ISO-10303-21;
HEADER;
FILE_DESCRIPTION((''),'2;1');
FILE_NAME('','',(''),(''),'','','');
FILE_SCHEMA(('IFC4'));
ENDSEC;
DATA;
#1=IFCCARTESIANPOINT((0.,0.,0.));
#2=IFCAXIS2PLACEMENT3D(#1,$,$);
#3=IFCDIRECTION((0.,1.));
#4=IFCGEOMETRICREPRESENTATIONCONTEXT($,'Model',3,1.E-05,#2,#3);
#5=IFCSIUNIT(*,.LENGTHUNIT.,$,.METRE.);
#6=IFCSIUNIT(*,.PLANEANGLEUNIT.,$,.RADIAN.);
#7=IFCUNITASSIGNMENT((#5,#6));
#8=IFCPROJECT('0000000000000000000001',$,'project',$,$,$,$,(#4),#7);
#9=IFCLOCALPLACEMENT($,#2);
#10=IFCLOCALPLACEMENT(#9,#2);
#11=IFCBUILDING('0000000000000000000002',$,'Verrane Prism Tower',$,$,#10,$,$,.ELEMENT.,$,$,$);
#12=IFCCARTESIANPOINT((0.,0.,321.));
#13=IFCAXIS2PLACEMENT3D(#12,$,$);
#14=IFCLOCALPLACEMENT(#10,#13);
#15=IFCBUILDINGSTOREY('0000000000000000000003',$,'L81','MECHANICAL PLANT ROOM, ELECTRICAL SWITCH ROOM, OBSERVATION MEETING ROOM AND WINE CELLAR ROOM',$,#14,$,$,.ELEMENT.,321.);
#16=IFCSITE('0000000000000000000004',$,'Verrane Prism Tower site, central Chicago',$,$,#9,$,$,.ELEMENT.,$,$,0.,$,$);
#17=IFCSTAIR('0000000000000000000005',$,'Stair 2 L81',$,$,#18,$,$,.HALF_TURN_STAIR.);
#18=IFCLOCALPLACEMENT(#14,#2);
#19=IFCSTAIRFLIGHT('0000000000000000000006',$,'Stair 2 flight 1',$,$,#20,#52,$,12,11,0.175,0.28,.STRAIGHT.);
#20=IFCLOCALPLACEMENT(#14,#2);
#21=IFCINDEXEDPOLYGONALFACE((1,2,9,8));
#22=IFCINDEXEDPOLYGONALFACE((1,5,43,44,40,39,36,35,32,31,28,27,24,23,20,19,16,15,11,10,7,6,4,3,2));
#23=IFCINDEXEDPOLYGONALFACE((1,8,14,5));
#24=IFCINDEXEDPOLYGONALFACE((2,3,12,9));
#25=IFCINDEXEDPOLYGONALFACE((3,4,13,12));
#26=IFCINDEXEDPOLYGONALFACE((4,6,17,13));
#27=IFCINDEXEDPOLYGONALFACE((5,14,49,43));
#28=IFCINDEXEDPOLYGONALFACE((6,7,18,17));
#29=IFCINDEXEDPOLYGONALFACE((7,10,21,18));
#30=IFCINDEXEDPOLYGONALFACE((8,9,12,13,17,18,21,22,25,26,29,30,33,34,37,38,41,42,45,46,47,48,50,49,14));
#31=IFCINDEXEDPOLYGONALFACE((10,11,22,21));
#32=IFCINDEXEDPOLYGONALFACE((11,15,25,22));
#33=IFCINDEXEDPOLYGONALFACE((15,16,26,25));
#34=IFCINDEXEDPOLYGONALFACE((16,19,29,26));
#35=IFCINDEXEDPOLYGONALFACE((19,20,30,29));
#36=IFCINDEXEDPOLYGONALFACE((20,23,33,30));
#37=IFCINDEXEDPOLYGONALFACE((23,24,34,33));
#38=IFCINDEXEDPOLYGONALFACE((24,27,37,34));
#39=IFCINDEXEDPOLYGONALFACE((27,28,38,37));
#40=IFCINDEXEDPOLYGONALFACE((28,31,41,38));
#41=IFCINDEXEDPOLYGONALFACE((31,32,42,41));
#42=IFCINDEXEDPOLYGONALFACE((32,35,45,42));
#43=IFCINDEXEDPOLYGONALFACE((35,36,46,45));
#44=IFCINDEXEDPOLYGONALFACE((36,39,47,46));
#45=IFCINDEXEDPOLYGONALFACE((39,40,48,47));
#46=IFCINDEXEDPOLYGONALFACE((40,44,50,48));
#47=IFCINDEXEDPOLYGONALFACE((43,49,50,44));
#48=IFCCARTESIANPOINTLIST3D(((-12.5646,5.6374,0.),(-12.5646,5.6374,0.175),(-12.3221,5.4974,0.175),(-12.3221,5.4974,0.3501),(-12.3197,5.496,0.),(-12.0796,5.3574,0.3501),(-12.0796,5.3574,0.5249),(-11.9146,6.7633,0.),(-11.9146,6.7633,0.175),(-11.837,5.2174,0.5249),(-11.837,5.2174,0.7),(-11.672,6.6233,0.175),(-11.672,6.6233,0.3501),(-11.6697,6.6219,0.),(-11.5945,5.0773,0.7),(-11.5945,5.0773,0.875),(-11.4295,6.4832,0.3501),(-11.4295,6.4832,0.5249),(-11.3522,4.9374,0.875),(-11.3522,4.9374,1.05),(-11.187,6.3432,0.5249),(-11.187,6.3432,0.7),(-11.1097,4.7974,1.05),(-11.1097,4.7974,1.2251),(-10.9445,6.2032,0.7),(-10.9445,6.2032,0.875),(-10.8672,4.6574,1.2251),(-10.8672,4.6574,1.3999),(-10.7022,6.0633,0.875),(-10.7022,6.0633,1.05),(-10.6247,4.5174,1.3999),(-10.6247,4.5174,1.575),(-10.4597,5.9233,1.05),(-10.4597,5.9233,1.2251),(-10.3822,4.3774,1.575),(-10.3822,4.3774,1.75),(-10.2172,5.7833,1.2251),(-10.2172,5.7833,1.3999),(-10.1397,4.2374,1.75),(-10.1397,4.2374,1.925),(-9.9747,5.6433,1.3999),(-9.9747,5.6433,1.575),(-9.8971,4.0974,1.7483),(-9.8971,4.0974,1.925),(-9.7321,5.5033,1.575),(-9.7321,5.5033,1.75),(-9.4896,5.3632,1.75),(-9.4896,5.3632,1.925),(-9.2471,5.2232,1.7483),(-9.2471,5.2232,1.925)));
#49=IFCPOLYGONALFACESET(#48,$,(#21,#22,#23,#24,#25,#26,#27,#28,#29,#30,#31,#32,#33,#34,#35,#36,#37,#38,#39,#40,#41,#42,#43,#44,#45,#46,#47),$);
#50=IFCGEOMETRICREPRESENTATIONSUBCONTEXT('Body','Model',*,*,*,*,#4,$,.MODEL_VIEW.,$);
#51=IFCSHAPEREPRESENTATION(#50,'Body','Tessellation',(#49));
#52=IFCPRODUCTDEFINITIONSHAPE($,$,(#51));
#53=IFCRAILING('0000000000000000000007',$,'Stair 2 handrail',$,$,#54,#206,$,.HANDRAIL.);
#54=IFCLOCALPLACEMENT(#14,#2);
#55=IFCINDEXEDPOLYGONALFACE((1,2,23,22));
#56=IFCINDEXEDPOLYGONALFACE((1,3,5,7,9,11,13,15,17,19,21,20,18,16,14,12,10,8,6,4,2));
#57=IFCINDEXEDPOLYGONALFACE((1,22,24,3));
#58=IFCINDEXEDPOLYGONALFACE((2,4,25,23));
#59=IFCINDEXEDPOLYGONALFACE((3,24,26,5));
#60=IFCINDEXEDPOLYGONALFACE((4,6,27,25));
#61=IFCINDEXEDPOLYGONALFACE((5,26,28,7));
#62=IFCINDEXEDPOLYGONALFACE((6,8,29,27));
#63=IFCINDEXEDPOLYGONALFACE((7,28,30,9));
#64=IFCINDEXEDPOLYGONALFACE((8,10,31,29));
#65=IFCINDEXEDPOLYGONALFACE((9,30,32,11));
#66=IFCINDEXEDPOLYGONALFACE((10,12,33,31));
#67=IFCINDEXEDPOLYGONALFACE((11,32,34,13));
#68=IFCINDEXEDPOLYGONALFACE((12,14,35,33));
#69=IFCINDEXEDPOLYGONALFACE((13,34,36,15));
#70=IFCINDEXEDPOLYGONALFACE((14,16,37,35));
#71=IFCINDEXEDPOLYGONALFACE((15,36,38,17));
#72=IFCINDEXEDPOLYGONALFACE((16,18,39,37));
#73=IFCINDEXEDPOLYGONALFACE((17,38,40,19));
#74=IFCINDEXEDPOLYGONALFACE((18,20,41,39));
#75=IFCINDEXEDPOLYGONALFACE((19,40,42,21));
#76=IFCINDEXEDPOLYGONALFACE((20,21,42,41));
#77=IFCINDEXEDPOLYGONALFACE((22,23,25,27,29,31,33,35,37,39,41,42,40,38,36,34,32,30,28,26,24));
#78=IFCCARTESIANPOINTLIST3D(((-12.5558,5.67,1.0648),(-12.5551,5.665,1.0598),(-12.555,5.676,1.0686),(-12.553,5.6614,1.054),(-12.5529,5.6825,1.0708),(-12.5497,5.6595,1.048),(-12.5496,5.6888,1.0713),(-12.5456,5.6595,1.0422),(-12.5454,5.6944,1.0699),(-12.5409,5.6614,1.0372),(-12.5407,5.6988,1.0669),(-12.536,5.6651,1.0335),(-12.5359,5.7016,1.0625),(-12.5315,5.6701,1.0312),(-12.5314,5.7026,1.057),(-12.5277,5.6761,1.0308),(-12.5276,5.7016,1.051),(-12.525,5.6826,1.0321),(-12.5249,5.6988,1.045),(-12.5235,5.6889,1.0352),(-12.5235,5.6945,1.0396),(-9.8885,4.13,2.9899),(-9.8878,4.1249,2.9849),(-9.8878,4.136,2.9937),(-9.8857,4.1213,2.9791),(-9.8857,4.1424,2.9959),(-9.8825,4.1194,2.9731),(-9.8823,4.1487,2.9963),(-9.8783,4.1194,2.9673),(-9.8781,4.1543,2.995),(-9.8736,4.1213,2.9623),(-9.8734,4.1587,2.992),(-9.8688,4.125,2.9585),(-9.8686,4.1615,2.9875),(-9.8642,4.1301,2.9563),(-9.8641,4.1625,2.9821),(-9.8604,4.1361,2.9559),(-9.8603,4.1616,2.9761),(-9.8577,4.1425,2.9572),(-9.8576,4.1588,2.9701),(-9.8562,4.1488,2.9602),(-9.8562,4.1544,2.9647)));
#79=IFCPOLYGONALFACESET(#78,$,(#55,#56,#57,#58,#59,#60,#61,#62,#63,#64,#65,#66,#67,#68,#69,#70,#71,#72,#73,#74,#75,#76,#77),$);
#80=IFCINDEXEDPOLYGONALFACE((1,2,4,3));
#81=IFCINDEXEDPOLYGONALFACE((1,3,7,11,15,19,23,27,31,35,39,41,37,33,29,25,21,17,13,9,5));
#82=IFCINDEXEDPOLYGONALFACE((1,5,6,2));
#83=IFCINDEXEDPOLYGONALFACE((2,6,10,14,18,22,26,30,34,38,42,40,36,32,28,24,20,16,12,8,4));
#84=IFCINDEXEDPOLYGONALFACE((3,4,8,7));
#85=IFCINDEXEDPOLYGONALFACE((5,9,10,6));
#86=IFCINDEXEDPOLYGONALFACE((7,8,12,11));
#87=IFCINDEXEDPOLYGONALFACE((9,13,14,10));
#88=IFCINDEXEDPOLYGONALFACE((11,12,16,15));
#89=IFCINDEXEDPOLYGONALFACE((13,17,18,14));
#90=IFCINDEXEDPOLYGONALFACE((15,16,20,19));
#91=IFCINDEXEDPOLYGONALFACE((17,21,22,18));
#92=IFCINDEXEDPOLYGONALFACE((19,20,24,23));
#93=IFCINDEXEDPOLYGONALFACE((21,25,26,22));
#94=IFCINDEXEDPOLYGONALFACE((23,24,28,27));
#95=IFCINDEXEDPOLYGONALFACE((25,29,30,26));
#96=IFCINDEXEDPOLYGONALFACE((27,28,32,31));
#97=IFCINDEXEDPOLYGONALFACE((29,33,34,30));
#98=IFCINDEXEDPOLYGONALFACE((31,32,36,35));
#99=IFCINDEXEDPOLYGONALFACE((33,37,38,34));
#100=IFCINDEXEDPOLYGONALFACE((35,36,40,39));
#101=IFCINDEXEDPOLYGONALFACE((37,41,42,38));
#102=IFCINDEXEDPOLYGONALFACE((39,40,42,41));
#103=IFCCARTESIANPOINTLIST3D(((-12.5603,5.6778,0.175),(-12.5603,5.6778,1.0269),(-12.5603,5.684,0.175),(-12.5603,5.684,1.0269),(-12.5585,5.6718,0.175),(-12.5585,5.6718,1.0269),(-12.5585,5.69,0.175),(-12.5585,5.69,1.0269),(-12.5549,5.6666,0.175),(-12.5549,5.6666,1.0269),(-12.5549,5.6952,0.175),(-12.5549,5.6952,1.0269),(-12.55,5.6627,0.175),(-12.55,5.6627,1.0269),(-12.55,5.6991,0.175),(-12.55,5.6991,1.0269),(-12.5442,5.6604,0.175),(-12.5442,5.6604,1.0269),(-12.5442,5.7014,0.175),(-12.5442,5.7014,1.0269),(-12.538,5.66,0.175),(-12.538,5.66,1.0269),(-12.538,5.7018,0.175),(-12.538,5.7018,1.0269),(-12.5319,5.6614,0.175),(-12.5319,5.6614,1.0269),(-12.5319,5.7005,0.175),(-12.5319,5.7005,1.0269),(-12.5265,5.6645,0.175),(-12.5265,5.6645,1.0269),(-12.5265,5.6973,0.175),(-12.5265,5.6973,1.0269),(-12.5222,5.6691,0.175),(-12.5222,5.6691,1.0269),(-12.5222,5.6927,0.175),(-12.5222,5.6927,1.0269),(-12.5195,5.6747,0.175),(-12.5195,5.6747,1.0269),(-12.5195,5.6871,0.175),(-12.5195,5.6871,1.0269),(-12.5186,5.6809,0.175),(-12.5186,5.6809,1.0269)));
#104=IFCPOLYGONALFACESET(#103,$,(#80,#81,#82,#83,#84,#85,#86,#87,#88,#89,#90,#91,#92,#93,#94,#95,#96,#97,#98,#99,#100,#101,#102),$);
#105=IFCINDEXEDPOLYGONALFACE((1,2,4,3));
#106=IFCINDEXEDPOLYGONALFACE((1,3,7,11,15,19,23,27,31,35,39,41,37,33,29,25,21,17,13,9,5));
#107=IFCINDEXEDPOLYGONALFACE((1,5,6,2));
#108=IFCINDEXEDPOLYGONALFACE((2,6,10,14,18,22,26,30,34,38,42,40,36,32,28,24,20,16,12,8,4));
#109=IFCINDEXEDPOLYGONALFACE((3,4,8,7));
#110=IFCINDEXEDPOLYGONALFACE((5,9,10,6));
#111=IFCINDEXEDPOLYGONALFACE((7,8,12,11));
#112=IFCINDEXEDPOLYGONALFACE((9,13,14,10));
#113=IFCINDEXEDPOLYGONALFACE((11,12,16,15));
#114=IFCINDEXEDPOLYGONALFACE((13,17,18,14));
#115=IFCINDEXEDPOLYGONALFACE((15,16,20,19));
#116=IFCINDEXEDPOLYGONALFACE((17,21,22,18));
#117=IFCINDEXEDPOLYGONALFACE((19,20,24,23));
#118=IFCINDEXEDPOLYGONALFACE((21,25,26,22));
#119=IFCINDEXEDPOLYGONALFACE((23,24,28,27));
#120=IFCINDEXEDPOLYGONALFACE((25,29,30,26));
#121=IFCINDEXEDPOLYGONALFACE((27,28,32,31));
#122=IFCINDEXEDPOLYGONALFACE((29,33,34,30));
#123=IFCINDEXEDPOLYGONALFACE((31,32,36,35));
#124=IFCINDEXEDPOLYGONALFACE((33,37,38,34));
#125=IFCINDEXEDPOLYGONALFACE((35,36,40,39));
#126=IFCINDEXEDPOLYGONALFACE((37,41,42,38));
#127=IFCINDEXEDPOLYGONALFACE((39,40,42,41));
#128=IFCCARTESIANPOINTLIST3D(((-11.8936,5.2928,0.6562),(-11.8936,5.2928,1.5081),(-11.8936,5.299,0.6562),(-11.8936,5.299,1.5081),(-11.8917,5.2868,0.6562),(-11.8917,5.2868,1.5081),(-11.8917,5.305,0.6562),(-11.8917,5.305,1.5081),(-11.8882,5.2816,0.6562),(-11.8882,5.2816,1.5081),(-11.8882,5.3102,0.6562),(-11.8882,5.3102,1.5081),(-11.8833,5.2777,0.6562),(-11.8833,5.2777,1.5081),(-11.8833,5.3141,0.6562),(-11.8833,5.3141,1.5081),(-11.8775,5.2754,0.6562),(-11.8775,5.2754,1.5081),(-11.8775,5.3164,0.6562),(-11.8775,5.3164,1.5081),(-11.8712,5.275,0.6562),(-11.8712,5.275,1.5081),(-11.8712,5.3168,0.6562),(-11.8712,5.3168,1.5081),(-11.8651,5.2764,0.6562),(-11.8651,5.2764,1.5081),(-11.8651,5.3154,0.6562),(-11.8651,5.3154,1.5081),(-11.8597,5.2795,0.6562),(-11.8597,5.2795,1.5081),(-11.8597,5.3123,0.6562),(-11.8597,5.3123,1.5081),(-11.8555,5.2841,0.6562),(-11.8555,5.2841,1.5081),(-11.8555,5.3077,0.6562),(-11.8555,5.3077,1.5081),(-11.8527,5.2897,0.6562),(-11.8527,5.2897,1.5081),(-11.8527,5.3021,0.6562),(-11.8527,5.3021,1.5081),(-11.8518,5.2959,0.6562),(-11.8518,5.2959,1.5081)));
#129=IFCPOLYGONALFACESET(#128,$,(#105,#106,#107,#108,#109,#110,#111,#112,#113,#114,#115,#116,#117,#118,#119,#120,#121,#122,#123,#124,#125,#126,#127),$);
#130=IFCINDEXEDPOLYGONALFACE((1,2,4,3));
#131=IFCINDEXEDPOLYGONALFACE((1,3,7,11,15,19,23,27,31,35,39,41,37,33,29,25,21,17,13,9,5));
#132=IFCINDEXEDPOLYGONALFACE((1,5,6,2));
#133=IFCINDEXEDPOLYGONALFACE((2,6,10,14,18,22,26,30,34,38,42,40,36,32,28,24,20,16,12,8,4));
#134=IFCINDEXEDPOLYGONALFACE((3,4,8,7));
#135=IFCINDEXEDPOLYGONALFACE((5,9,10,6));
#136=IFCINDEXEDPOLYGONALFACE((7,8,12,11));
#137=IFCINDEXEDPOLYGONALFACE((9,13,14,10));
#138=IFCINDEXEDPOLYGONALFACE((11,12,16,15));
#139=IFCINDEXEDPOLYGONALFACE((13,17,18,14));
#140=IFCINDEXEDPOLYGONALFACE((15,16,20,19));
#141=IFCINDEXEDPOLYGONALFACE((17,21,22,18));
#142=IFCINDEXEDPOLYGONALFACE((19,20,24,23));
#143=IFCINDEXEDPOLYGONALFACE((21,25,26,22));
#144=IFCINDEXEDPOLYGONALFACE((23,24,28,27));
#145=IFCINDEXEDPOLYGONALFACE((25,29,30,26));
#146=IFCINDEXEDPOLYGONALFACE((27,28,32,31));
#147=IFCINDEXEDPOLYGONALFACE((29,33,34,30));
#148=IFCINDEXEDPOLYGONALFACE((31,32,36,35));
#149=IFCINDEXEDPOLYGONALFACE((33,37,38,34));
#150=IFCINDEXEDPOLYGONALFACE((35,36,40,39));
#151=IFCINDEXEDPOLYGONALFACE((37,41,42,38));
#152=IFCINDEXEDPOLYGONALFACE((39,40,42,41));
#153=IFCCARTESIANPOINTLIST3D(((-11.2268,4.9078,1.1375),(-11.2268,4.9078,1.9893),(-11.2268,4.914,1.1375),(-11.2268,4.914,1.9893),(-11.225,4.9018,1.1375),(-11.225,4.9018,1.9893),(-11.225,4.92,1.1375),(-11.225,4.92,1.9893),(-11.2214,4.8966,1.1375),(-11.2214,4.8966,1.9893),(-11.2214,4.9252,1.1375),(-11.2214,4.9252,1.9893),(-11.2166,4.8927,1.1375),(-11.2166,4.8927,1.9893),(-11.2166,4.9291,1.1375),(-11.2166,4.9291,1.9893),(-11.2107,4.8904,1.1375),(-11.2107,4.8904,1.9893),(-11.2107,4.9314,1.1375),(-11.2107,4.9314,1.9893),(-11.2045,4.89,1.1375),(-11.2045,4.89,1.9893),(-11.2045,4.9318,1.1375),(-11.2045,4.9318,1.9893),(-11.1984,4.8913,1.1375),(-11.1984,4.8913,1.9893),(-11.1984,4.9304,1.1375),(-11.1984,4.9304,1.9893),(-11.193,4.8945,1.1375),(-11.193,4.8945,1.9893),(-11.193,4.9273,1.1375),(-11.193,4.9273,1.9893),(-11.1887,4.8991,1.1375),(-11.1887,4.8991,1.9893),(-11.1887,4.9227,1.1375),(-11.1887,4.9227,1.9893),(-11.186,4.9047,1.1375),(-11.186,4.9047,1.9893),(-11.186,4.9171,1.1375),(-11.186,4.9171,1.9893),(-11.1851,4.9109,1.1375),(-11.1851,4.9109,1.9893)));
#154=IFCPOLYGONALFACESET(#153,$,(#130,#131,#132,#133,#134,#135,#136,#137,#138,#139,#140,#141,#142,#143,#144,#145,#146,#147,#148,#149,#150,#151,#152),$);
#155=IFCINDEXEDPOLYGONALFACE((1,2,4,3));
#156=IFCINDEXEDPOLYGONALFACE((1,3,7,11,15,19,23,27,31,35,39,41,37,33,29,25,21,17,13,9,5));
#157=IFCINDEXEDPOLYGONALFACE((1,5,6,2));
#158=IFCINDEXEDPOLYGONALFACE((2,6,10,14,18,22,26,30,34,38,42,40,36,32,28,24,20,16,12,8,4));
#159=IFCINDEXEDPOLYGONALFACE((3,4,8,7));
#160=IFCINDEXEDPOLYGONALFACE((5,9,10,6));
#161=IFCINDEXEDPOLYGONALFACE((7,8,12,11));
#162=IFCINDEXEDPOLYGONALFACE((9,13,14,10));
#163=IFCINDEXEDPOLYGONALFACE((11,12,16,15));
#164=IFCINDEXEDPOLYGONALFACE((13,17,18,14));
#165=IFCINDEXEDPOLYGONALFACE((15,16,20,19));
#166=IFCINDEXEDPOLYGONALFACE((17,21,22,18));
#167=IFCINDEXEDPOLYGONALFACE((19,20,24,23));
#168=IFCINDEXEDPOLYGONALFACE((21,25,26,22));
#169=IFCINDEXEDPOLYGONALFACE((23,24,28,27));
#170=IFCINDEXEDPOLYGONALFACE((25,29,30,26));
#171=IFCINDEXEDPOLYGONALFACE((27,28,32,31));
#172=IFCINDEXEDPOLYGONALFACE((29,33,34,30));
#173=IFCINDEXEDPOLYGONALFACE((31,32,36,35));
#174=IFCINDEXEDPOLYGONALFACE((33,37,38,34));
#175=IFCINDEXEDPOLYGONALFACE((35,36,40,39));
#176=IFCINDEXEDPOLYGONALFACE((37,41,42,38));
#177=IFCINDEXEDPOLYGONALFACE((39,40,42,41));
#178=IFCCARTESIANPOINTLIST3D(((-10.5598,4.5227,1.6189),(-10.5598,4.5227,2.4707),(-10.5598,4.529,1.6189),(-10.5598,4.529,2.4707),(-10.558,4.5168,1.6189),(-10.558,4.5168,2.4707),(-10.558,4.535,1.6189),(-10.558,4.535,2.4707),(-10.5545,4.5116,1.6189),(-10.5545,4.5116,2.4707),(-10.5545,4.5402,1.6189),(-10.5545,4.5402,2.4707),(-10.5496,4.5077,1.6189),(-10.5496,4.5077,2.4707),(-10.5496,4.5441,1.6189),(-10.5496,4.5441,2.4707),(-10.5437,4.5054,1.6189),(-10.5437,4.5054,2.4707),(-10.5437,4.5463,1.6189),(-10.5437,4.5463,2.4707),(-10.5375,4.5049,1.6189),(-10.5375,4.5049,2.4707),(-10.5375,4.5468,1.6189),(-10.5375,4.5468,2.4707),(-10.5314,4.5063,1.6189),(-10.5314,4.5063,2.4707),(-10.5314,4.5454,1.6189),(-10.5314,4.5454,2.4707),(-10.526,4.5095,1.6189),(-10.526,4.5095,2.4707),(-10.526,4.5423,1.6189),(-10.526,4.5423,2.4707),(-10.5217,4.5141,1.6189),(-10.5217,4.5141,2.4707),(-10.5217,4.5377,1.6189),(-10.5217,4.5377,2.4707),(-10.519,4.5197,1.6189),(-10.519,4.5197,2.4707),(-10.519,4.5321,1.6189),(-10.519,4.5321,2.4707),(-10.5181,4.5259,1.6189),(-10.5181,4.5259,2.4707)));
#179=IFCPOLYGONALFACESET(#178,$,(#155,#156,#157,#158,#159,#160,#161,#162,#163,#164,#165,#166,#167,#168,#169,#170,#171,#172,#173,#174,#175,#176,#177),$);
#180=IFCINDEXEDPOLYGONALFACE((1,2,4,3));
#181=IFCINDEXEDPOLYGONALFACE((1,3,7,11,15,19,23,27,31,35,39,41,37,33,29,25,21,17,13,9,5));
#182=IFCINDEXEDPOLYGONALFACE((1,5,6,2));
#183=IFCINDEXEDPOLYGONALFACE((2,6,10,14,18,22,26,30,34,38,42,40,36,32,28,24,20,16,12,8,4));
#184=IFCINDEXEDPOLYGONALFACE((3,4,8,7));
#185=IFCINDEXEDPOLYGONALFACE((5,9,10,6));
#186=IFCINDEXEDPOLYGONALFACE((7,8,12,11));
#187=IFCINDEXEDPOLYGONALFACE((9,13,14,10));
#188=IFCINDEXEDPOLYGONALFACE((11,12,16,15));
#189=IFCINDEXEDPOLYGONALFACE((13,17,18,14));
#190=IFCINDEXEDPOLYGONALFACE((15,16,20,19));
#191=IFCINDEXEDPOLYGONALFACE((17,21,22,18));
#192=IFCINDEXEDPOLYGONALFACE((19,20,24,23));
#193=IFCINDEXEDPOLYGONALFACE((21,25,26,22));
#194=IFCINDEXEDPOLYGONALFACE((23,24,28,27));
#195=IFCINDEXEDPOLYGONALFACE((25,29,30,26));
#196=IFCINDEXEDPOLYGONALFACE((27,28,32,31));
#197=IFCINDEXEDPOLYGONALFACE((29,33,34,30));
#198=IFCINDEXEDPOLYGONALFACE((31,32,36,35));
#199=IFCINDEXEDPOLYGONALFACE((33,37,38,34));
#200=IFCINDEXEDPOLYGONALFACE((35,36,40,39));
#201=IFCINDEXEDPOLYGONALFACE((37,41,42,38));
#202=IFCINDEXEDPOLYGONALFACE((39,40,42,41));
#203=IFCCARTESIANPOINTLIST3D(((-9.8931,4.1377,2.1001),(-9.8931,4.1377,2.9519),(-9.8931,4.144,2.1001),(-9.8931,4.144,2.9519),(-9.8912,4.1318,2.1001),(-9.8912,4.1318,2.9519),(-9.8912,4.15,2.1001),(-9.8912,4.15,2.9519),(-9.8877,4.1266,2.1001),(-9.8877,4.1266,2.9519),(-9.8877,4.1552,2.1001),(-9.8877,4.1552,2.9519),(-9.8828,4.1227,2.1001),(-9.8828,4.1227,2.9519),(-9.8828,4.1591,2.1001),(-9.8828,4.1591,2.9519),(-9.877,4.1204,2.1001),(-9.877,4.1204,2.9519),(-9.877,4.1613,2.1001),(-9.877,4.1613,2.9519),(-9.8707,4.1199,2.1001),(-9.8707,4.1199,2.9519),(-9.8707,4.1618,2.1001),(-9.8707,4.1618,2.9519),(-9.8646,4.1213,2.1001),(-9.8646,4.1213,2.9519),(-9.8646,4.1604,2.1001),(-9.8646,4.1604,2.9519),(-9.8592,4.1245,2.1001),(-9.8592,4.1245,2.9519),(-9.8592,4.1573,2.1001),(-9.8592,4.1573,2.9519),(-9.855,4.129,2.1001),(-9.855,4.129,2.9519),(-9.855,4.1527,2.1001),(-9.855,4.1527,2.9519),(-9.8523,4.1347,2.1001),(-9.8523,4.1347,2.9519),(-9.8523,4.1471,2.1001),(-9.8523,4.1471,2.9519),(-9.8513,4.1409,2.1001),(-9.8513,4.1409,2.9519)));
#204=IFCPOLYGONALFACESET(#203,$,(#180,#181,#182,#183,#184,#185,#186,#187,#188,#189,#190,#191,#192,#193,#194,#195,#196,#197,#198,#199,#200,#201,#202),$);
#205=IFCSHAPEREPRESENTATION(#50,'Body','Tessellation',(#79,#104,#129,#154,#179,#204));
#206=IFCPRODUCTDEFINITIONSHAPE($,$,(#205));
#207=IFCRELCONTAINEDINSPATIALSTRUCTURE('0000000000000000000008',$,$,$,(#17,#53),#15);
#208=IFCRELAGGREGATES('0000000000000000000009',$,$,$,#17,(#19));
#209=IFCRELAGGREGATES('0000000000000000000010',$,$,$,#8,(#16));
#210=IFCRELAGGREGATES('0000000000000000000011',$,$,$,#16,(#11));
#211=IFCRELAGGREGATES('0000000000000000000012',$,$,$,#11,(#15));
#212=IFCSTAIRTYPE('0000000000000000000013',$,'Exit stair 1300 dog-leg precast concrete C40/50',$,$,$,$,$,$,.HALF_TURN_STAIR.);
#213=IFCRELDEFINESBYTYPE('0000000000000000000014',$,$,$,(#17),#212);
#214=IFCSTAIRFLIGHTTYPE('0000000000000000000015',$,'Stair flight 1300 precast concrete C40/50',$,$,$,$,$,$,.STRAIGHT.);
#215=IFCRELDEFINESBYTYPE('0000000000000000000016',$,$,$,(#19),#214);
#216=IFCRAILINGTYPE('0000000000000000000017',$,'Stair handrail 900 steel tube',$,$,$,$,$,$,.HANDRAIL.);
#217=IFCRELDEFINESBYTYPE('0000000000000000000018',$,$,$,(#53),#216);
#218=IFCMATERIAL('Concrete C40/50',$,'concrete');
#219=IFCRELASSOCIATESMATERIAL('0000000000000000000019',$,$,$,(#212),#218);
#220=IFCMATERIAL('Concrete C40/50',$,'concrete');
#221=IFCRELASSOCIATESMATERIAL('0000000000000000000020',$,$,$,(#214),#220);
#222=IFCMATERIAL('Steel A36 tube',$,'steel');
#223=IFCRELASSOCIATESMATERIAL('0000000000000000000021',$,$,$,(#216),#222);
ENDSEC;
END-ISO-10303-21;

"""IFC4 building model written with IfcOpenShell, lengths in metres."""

from ifc_helpers import new_model, si_unit, direction, frame, origin, origin_2d, place, context, subcontext, project, spatial, polyline, circle, outline, extrude, material, type_object, element, aggregate, save


model = new_model("IFC4")

# Units and contexts
model_context = context("Model", 3, precision=1e-05, world=origin(), true_north=direction((0.0, 1.0)))
body_context = subcontext(model_context, "Body", "Model", "MODEL_VIEW")
ifc_project = project(units=[si_unit("LENGTHUNIT", "METRE"), si_unit("PLANEANGLEUNIT", "RADIAN")], contexts=[model_context])

# Site, building, storey
site_placement = place(None, origin())
site = spatial("IfcSite", under=ifc_project, at=site_placement, Name="Verrane Prism Tower site, central Chicago", CompositionType="ELEMENT", RefElevation=0.0)
building_placement = place(site_placement, origin())
building = spatial("IfcBuilding", under=site, at=building_placement, Name="Verrane Prism Tower", CompositionType="ELEMENT")
storey_placement = place(building_placement, frame((0.0, 0.0, 321.0)))
storey = spatial("IfcBuildingStorey", under=building, at=storey_placement, Name="L81", Description="MECHANICAL PLANT ROOM, ELECTRICAL SWITCH ROOM, OBSERVATION MEETING ROOM AND WINE CELLAR ROOM", CompositionType="ELEMENT", Elevation=321.0)

# Stair, stair flight
ifc_material_1 = material(Name="Concrete C40/50", Category="concrete")
stair_type = type_object("IfcStairType", Name="Exit stair 1300 dog-leg precast concrete C40/50", PredefinedType="HALF_TURN_STAIR", material=ifc_material_1)
stair_placement = place(storey_placement, origin())
stair = element("IfcStair", 1, at=stair_placement, inside=storey, type_object=stair_type, Name="Stair 2 L81", PredefinedType="HALF_TURN_STAIR")
ifc_material_2 = material(Name="Concrete C40/50", Category="concrete")
stair_flight_type = type_object("IfcStairFlightType", Name="Stair flight 1300 precast concrete C40/50", PredefinedType="STRAIGHT", material=ifc_material_2)
stair_flight_placement = place(storey_placement, frame((-12.2395, 6.2004, 0.0), z_axis=(0.0, 0.0, 1.0), x_axis=(0.866025, -0.5, 0.0)))
stair_flight = element("IfcStairFlight", 2, at=stair_flight_placement, type_object=stair_flight_type, Name="Stair 2 flight 1", NumberOfRisers=12, NumberOfTreads=11, PredefinedType="STRAIGHT", RiserHeight=0.175, TreadLength=0.28, context=body_context, shape_type="SweptSolid", body=[
    extrude(outline(polyline([(0.0, 0.0), (0.0, 0.175), (0.28, 0.175), (0.28, 0.3501), (0.5601, 0.3501), (0.5601, 0.5249), (0.8401, 0.5249), (0.8401, 0.7), (1.1201, 0.7), (1.1201, 0.875), (1.3999, 0.875), (1.3999, 1.05), (1.6799, 1.05), (1.6799, 1.2251), (1.96, 1.2251), (1.96, 1.3999), (2.24, 1.3999), (2.24, 1.575), (2.52, 1.575), (2.52, 1.75), (2.8, 1.75), (2.8, 1.925), (3.0801, 1.925), (3.0801, 2.1001), (3.0801, 1.7483), (0.2827, 0.0), (0.0, 0.0)])), frame((0.0, 0.6499, 0.0), z_axis=(0.0, -1.0, 0.0), x_axis=(1.0, 0.0, 0.0)), (0.0, 0.0, 1.0), 1.3),
])
aggregate(stair, [stair_flight])

# Railing
ifc_material_3 = material(Name="Steel A36 tube", Category="steel")
railing_type = type_object("IfcRailingType", Name="Stair handrail 900 steel tube", PredefinedType="HANDRAIL", material=ifc_material_3)
railing_placement = place(storey_placement, frame((-12.5396, 5.6809, 0.175)))
element("IfcRailing", 3, at=railing_placement, inside=storey, type_object=railing_type, Name="Stair 2 handrail", PredefinedType="HANDRAIL", context=body_context, shape_type="SweptSolid", body=[
    extrude(circle(Radius=0.0239, at=origin_2d()), frame((0.0, 0.0, 0.876), z_axis=(0.734364, -0.424015, 0.530019), x_axis=(0.500027, 0.86601, 0.0)), (0.0, 0.0, 1.0), 3.6321),
    extrude(circle(Radius=0.021, at=origin_2d()), origin(), (0.0, 0.0, 1.0), 0.8518),
    extrude(circle(Radius=0.021, at=origin_2d()), frame((0.6667, -0.385, 0.4812)), (0.0, 0.0, 1.0), 0.8518),
    extrude(circle(Radius=0.021, at=origin_2d()), frame((1.3335, -0.77, 0.9624)), (0.0, 0.0, 1.0), 0.8518),
    extrude(circle(Radius=0.021, at=origin_2d()), frame((2.0005, -1.155, 1.4438)), (0.0, 0.0, 1.0), 0.8518),
    extrude(circle(Radius=0.021, at=origin_2d()), frame((2.6672, -1.54, 1.925)), (0.0, 0.0, 1.0), 0.8518),
])

save(model, "model.ifc")
